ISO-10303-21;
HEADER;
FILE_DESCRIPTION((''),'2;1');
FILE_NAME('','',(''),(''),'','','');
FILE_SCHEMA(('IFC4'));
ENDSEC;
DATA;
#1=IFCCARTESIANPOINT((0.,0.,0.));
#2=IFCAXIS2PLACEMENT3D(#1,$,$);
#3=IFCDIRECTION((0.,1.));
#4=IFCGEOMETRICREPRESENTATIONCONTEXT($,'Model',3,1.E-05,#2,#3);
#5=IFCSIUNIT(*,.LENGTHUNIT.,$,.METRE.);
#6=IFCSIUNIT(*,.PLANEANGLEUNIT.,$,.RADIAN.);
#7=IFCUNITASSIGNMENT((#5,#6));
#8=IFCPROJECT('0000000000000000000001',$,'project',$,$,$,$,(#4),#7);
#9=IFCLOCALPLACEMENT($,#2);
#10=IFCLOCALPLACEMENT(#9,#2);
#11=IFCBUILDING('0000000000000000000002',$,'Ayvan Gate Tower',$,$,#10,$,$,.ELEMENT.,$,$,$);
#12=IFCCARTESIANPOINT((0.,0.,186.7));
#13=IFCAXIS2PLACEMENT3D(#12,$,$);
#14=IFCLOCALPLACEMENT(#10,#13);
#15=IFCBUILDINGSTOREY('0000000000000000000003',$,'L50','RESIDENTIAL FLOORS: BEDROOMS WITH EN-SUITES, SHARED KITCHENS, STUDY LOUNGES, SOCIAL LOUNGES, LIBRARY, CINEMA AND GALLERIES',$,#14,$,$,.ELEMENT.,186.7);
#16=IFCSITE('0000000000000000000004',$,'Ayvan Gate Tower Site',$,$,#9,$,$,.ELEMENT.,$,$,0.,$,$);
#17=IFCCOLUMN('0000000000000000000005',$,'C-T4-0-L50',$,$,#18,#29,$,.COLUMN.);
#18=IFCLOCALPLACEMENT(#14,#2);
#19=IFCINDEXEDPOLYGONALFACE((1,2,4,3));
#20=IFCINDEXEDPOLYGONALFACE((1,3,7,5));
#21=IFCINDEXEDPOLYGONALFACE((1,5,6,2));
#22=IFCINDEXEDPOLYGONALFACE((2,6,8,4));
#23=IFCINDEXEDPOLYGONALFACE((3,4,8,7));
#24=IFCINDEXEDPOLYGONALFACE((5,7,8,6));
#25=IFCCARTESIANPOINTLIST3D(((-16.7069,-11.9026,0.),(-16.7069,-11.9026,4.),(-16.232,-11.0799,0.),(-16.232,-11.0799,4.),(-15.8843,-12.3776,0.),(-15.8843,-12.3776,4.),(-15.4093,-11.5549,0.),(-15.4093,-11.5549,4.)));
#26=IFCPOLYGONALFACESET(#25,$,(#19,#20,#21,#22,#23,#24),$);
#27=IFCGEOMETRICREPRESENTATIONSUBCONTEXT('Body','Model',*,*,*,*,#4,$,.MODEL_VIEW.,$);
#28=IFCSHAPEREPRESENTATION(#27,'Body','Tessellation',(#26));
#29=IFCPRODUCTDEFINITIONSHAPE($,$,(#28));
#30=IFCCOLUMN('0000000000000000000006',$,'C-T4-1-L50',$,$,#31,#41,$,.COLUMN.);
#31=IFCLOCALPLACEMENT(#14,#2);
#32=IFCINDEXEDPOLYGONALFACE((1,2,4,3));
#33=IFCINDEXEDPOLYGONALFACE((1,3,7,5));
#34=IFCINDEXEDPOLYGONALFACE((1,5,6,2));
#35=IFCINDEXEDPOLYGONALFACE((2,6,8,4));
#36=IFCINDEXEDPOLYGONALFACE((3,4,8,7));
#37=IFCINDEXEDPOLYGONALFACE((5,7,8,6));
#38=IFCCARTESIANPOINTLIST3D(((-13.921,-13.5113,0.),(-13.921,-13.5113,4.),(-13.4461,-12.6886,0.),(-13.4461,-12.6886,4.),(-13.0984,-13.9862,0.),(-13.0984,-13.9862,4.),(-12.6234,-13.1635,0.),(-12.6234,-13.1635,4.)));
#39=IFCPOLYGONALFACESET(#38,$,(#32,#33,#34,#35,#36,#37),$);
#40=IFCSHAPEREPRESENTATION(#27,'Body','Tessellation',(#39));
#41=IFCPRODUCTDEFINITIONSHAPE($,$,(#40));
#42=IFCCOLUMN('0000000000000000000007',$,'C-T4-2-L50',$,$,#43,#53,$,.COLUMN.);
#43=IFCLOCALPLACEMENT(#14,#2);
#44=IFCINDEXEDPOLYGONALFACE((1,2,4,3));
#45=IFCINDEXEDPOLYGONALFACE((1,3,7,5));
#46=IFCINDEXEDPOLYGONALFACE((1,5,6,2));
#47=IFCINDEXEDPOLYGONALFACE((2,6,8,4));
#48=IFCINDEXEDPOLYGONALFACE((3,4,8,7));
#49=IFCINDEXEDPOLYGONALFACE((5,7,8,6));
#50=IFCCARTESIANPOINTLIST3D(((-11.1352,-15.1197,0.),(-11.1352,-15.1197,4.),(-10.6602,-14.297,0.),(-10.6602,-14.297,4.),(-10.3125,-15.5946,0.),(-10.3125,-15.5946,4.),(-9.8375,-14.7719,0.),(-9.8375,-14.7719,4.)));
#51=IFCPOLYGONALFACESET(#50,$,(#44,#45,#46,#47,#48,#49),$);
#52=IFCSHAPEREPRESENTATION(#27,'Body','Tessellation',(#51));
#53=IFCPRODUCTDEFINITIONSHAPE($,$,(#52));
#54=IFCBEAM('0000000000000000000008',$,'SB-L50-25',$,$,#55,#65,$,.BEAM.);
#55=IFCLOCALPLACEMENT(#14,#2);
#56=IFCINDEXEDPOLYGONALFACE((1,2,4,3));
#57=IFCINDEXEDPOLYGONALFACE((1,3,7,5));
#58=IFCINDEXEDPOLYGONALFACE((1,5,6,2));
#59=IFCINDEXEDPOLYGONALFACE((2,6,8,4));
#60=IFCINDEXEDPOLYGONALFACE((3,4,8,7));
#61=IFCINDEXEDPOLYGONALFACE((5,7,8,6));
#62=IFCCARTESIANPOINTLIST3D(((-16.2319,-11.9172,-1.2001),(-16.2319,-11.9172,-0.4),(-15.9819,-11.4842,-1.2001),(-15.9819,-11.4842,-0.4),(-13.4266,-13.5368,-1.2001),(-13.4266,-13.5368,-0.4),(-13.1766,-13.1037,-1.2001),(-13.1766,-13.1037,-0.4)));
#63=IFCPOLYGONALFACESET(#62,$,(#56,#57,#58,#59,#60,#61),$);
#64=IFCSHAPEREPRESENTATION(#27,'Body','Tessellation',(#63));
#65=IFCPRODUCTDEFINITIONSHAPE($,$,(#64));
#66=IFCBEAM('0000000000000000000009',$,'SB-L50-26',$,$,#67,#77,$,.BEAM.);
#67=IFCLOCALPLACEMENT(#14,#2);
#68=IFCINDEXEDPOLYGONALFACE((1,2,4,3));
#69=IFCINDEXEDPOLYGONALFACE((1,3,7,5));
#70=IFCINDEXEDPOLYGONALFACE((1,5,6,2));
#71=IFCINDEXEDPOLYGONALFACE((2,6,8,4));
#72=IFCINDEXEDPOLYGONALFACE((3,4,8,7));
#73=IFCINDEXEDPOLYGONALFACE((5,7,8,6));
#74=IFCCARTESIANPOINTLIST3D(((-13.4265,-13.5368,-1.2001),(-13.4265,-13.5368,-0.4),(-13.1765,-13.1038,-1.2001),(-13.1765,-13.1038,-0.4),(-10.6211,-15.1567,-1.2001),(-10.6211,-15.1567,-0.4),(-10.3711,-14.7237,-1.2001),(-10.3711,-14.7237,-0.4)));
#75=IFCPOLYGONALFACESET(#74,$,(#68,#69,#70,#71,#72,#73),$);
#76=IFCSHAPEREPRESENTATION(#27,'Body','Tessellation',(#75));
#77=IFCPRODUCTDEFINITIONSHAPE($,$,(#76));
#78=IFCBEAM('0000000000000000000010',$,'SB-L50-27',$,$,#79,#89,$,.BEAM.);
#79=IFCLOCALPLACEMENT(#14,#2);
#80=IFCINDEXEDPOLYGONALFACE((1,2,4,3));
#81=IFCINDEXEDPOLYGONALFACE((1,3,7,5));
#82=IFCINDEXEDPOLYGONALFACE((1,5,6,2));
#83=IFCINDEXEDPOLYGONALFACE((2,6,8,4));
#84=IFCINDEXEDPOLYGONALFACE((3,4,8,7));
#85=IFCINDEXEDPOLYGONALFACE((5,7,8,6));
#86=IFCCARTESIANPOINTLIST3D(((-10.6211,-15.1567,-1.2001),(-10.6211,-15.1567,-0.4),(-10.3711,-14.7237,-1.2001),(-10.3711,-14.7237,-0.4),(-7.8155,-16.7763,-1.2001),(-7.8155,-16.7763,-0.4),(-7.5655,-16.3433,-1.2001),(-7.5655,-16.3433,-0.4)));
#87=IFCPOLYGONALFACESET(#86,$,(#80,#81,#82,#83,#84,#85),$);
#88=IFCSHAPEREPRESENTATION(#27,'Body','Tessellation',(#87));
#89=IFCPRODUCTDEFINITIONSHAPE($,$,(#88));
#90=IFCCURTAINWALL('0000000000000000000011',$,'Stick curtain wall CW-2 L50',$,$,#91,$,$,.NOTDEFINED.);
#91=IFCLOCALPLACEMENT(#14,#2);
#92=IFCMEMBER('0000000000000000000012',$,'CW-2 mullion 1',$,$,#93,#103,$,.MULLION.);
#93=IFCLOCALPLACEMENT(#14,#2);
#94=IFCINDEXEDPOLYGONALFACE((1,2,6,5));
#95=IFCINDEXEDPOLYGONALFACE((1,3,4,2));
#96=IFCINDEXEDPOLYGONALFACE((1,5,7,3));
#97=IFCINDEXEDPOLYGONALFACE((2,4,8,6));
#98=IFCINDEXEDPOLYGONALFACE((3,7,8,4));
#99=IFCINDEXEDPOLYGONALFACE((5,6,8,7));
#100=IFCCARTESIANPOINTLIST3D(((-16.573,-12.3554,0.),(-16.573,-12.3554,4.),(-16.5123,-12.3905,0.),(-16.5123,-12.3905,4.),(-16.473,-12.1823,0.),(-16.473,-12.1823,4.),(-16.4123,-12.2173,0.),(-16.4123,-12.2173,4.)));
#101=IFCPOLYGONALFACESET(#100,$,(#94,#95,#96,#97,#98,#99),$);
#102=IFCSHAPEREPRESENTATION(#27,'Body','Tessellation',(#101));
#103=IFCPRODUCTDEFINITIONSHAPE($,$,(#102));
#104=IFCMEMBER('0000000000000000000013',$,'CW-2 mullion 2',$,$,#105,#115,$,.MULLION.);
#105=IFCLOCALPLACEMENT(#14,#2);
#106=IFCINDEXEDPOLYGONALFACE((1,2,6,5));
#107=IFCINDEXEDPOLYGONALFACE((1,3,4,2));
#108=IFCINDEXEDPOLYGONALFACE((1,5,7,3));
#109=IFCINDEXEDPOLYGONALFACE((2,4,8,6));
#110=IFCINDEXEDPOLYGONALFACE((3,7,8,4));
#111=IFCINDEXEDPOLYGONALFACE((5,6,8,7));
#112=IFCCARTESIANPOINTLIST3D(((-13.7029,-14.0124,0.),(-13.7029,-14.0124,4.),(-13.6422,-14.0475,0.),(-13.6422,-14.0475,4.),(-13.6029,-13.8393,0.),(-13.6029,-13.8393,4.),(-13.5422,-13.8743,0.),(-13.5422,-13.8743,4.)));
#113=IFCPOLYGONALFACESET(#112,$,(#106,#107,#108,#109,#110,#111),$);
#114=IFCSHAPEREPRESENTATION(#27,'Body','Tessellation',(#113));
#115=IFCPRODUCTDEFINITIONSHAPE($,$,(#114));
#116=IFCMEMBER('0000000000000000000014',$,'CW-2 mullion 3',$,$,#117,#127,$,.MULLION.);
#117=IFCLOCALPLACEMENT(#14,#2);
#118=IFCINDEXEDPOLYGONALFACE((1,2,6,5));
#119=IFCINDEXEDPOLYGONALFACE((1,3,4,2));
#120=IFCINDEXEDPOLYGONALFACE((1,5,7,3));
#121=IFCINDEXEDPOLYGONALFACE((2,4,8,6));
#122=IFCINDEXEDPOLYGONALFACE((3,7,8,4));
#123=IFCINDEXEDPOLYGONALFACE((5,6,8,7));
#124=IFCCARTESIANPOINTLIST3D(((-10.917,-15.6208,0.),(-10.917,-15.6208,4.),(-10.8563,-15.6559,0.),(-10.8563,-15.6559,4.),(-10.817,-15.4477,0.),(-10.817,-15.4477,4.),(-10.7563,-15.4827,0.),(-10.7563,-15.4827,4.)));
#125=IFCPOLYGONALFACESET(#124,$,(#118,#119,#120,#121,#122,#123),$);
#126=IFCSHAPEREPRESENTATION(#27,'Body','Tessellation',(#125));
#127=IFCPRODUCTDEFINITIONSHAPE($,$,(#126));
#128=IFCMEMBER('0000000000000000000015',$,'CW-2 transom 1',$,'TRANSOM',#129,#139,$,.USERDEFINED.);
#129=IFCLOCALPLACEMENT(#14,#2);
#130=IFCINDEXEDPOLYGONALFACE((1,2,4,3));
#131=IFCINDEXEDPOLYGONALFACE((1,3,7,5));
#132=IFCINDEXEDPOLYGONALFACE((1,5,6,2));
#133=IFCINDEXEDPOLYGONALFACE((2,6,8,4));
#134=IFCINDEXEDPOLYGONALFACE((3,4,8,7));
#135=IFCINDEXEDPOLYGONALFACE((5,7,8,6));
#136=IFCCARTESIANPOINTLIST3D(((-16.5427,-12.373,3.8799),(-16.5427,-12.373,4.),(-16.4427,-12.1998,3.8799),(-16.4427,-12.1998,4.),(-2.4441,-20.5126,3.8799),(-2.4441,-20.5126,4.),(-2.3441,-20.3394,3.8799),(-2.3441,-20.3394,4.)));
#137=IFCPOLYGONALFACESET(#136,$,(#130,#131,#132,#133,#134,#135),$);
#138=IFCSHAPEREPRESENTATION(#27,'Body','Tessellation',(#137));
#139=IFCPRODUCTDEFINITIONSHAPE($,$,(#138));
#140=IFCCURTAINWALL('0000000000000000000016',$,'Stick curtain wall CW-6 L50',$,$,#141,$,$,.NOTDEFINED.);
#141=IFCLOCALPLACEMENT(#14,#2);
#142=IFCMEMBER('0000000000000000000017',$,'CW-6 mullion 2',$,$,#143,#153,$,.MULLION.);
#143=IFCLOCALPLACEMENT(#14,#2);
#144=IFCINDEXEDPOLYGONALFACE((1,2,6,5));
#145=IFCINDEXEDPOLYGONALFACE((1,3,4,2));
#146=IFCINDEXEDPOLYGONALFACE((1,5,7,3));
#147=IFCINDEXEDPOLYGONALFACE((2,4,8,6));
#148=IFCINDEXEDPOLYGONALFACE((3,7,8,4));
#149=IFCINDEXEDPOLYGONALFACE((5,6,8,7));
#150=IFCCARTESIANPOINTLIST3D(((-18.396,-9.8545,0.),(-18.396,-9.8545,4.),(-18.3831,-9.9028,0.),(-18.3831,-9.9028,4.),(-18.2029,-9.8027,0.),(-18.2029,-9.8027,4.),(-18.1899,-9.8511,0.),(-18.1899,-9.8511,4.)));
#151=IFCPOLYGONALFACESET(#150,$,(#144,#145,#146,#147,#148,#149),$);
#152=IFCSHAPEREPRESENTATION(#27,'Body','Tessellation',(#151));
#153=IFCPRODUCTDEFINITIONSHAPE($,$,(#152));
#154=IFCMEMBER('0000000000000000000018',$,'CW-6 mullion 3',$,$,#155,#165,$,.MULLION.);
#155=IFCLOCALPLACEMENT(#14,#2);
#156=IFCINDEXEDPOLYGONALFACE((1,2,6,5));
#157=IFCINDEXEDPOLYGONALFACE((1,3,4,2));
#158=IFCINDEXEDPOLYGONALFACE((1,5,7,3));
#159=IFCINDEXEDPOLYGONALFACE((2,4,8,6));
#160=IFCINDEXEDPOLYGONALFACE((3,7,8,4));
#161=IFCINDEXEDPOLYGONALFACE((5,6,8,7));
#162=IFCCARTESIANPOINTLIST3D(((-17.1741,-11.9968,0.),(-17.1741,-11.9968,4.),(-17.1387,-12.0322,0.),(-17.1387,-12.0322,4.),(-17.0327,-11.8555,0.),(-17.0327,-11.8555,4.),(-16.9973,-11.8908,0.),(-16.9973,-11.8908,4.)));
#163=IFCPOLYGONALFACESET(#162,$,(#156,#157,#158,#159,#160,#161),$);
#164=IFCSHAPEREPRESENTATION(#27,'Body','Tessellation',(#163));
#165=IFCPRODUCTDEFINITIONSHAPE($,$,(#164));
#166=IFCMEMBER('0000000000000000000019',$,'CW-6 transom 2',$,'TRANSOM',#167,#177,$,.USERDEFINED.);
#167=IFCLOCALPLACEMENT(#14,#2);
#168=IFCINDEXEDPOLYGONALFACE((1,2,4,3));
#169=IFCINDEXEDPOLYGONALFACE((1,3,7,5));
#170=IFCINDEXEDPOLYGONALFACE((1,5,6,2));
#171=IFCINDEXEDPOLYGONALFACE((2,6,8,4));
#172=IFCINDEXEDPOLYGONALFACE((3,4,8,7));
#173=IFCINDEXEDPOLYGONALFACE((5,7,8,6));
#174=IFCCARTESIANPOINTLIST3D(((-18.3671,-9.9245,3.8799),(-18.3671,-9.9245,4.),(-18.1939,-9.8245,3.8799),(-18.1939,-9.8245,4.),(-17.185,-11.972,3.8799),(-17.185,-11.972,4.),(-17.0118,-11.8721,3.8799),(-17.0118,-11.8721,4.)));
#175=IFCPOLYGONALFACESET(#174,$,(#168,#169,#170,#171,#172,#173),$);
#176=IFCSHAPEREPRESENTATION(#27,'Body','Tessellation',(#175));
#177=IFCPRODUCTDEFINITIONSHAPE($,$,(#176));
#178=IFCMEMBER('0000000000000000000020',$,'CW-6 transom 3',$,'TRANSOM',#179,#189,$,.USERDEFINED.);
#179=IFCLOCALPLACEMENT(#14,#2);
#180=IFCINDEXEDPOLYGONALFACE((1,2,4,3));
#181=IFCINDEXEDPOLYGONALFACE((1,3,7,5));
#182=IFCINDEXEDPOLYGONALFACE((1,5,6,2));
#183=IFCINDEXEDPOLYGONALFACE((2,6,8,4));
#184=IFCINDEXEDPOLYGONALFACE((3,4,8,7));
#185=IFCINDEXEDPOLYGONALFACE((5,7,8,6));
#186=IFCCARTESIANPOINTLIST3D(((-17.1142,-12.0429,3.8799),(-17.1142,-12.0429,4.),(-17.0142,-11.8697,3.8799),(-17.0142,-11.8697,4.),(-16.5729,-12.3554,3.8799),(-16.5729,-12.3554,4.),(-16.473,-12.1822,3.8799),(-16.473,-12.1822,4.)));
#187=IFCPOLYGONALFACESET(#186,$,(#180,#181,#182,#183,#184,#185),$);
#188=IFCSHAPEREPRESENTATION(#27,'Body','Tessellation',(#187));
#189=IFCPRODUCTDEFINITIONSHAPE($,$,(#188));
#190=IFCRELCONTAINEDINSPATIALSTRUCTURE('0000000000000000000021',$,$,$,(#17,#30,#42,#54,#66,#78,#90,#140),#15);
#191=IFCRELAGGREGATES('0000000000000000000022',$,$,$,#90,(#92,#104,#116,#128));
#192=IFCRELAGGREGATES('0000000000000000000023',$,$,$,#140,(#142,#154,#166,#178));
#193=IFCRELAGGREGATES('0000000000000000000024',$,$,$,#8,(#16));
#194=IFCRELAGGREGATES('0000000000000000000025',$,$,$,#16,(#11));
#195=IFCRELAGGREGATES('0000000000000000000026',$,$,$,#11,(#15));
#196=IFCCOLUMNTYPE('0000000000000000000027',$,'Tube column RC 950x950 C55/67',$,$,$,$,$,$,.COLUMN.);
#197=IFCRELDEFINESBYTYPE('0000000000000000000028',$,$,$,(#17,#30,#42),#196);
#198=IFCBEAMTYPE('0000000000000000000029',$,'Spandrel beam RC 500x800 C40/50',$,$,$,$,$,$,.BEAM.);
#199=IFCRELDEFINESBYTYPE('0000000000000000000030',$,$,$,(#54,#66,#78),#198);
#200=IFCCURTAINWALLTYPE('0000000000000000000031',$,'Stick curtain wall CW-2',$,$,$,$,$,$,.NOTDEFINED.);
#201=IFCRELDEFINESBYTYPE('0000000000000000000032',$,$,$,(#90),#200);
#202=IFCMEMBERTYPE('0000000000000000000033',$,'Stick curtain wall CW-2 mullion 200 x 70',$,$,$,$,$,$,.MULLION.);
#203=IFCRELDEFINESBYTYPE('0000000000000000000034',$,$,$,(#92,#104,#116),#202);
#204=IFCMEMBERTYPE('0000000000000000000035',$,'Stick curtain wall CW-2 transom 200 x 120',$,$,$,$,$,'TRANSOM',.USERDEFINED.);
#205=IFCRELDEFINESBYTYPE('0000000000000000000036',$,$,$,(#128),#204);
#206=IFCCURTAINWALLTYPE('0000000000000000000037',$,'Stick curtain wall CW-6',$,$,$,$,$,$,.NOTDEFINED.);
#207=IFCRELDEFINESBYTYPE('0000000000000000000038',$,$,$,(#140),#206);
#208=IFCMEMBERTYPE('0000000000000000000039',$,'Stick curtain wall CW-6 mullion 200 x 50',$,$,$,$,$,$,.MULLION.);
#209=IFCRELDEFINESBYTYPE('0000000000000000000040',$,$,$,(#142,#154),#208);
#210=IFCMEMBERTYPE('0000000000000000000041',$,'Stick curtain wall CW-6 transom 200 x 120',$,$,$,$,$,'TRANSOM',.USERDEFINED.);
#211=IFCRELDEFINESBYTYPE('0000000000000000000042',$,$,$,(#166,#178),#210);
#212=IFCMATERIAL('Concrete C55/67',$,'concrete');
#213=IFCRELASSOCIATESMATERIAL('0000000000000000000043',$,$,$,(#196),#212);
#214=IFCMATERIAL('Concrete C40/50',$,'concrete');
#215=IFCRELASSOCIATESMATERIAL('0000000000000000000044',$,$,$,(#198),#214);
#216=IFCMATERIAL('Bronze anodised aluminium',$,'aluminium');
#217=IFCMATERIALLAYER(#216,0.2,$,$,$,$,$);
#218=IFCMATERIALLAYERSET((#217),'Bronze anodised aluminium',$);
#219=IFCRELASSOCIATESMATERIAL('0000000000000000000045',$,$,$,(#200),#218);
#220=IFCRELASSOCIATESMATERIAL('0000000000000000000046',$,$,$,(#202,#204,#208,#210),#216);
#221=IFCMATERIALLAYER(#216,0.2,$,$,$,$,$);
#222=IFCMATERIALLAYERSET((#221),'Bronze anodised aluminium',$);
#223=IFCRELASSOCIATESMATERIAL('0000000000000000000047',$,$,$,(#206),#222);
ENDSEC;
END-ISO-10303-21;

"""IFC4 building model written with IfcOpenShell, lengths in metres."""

from ifc_helpers import new_model, si_unit, direction, frame, origin, origin_2d, place, context, subcontext, project, spatial, rectangle, extrude, material, layer, layer_set, material_profile, profile_set, type_object, element, aggregate, save


model = new_model("IFC4")

# Units and contexts
model_context = context("Model", 3, precision=1e-05, world=origin(), true_north=direction((0.0, 1.0)))
body_context = subcontext(model_context, "Body", "Model", "MODEL_VIEW")
ifc_project = project(units=[si_unit("LENGTHUNIT", "METRE"), si_unit("PLANEANGLEUNIT", "RADIAN")], contexts=[model_context])

# Site, building, storey
site_placement = place(None, origin())
site = spatial("IfcSite", under=ifc_project, at=site_placement, Name="Ayvan Gate Tower Site", CompositionType="ELEMENT", RefElevation=0.0)
building_placement = place(site_placement, origin())
building = spatial("IfcBuilding", under=site, at=building_placement, Name="Ayvan Gate Tower", CompositionType="ELEMENT")
storey_placement = place(building_placement, frame((0.0, 0.0, 186.7)))
storey = spatial("IfcBuildingStorey", under=building, at=storey_placement, Name="L50", Description="RESIDENTIAL FLOORS: BEDROOMS WITH EN-SUITES, SHARED KITCHENS, STUDY LOUNGES, SOCIAL LOUNGES, LIBRARY, CINEMA AND GALLERIES", CompositionType="ELEMENT", Elevation=186.7)

# Columns
ifc_material_1 = material(Name="Concrete C55/67", Category="concrete")
ifc_material_profile_1 = material_profile(ifc_material_1, rectangle(XDim=0.95, YDim=0.95, at=origin_2d()), Name="RC 950x950")
ifc_profile_set_1 = profile_set([ifc_material_profile_1], Name="Concrete C55/67")
column_type = type_object("IfcColumnType", Name="Tube column RC 950x950 C55/67", PredefinedType="COLUMN", material=ifc_profile_set_1)
for number, where, z_axis, x_axis, name in (
    (1, (-16.0581, -11.7288, 0.0), (0.0, 0.0, 1.0), (-0.5, -0.866025, 0.0), "C-T4-0-L50"),
    (2, (-13.2722, -13.3374, 0.0), (0.0, 0.0, 1.0), (-0.5, -0.866025, 0.0), "C-T4-1-L50"),
    (3, (-10.4863, -14.9458, 0.0), (0.0, 0.0, 1.0), (-0.5, -0.866025, 0.0), "C-T4-2-L50"),
):
    element("IfcColumn", number, at=place(storey_placement, frame(where, z_axis=z_axis, x_axis=x_axis)), inside=storey, type_object=column_type, Name=name, PredefinedType="COLUMN", context=body_context, shape_type="SweptSolid", body=[
        extrude(rectangle(XDim=0.95, YDim=0.95, at=origin_2d()), origin(), (0.0, 0.0, 1.0), 4.0),
    ])

# Beams
ifc_material_2 = material(Name="Concrete C40/50", Category="concrete")
ifc_material_profile_2 = material_profile(ifc_material_2, rectangle(XDim=0.5, YDim=0.8, at=origin_2d()), Name="RC 500x800")
ifc_profile_set_2 = profile_set([ifc_material_profile_2], Name="Concrete C40/50")
beam_type = type_object("IfcBeamType", Name="Spandrel beam RC 500x800 C40/50", PredefinedType="BEAM", material=ifc_profile_set_2)
beam_placement = place(storey_placement, frame((-16.1069, -11.7007, -0.8), z_axis=(0.866036, -0.499981, 0.0), x_axis=(0.499981, 0.866036, 0.0)))
element("IfcBeam", 4, at=beam_placement, inside=storey, type_object=beam_type, Name="SB-L50-25", PredefinedType="BEAM", context=body_context, shape_type="SweptSolid", body=[
    extrude(rectangle(XDim=0.5, YDim=0.8, at=origin_2d()), origin(), (0.0, 0.0, 1.0), 3.2393),
])
for number, where, z_axis, x_axis, name in (
    (5, (-13.3015, -13.3203, -0.8), (0.866004, -0.500038, 0.0), (0.500038, 0.866004, 0.0), "SB-L50-26"),
    (6, (-10.4961, -14.9402, -0.8), (0.866055, -0.499949, 0.0), (0.499949, 0.866055, 0.0), "SB-L50-27"),
):
    element("IfcBeam", number, at=place(storey_placement, frame(where, z_axis=z_axis, x_axis=x_axis)), inside=storey, type_object=beam_type, Name=name, PredefinedType="BEAM", context=body_context, shape_type="SweptSolid", body=[
        extrude(rectangle(XDim=0.5, YDim=0.8, at=origin_2d()), origin(), (0.0, 0.0, 1.0), 3.2395),
    ])

# Curtain walls, members
ifc_material_3 = material(Name="Bronze anodised aluminium", Category="aluminium")
ifc_layer_1 = layer(ifc_material_3, 0.2)
ifc_layer_set_1 = layer_set([ifc_layer_1], Name="Bronze anodised aluminium")
curtain_wall_type_1 = type_object("IfcCurtainWallType", Name="Stick curtain wall CW-2", PredefinedType="NOTDEFINED", material=ifc_layer_set_1)
curtain_wall_1_placement = place(storey_placement, origin())
curtain_wall_1 = element("IfcCurtainWall", 7, at=curtain_wall_1_placement, inside=storey, type_object=curtain_wall_type_1, Name="Stick curtain wall CW-2 L50", PredefinedType="NOTDEFINED")
ifc_material_profile_3 = material_profile(ifc_material_3, rectangle(XDim=0.2, YDim=0.0701, at=origin_2d()), Name="Stick curtain wall CW-2 mullion 200 x 70")
ifc_profile_set_3 = profile_set([ifc_material_profile_3], Name="Bronze anodised aluminium")
member_type_1 = type_object("IfcMemberType", Name="Stick curtain wall CW-2 mullion 200 x 70", PredefinedType="MULLION", material=ifc_profile_set_3)
member_1_placement = place(storey_placement, frame((-16.4927, -12.2864, 0.0), z_axis=(0.0, 0.0, 1.0), x_axis=(-0.5, -0.866025, 0.0)))
member_1 = element("IfcMember", 8, at=member_1_placement, type_object=member_type_1, Name="CW-2 mullion 1", PredefinedType="MULLION", context=body_context, shape_type="SweptSolid", body=[
    extrude(rectangle(XDim=0.2, YDim=0.0701, at=origin_2d()), origin(), (0.0, 0.0, 1.0), 4.0),
])
member_2_placement = place(storey_placement, frame((-13.6226, -13.9434, 0.0), z_axis=(0.0, 0.0, 1.0), x_axis=(-0.5, -0.866025, 0.0)))
member_2 = element("IfcMember", 9, at=member_2_placement, type_object=member_type_1, Name="CW-2 mullion 2", PredefinedType="MULLION", context=body_context, shape_type="SweptSolid", body=[
    extrude(rectangle(XDim=0.2, YDim=0.0701, at=origin_2d()), origin(), (0.0, 0.0, 1.0), 4.0),
])
member_3_placement = place(storey_placement, frame((-10.8367, -15.5518, 0.0), z_axis=(0.0, 0.0, 1.0), x_axis=(-0.5, -0.866025, 0.0)))
member_3 = element("IfcMember", 10, at=member_3_placement, type_object=member_type_1, Name="CW-2 mullion 3", PredefinedType="MULLION", context=body_context, shape_type="SweptSolid", body=[
    extrude(rectangle(XDim=0.2, YDim=0.0701, at=origin_2d()), origin(), (0.0, 0.0, 1.0), 4.0),
])
ifc_material_profile_4 = material_profile(ifc_material_3, rectangle(XDim=0.2, YDim=0.1201, at=origin_2d()), Name="Stick curtain wall CW-2 transom 200 x 120")
ifc_profile_set_4 = profile_set([ifc_material_profile_4], Name="Bronze anodised aluminium")
member_type_2 = type_object("IfcMemberType", Name="Stick curtain wall CW-2 transom 200 x 120", ElementType="TRANSOM", PredefinedType="USERDEFINED", material=ifc_profile_set_4)
member_4_placement = place(storey_placement, frame((-16.4927, -12.2864, 3.9399), z_axis=(0.866031, -0.499991, 0.0), x_axis=(0.499991, 0.866031, 0.0)))
member_4 = element("IfcMember", 11, at=member_4_placement, type_object=member_type_2, Name="CW-2 transom 1", ObjectType="TRANSOM", PredefinedType="USERDEFINED", context=body_context, shape_type="SweptSolid", body=[
    extrude(rectangle(XDim=0.2, YDim=0.1201, at=origin_2d()), origin(), (0.0, 0.0, 1.0), 16.2795),
])
ifc_layer_2 = layer(ifc_material_3, 0.2)
ifc_layer_set_2 = layer_set([ifc_layer_2], Name="Bronze anodised aluminium")
curtain_wall_type_2 = type_object("IfcCurtainWallType", Name="Stick curtain wall CW-6", PredefinedType="NOTDEFINED", material=ifc_layer_set_2)
curtain_wall_2_placement = place(storey_placement, origin())
curtain_wall_2 = element("IfcCurtainWall", 12, at=curtain_wall_2_placement, inside=storey, type_object=curtain_wall_type_2, Name="Stick curtain wall CW-6 L50", PredefinedType="NOTDEFINED")
ifc_material_profile_5 = material_profile(ifc_material_3, rectangle(XDim=0.2, YDim=0.05, at=origin_2d()), Name="Stick curtain wall CW-6 mullion 200 x 50")
ifc_profile_set_5 = profile_set([ifc_material_profile_5], Name="Bronze anodised aluminium")
member_type_3 = type_object("IfcMemberType", Name="Stick curtain wall CW-6 mullion 200 x 50", PredefinedType="MULLION", material=ifc_profile_set_5)
member_5_placement = place(storey_placement, frame((-18.293, -9.8528, 0.0), z_axis=(0.0, 0.0, 1.0), x_axis=(-0.965926, -0.258819, 0.0)))
member_5 = element("IfcMember", 13, at=member_5_placement, type_object=member_type_3, Name="CW-6 mullion 2", PredefinedType="MULLION", context=body_context, shape_type="SweptSolid", body=[
    extrude(rectangle(XDim=0.2, YDim=0.05, at=origin_2d()), origin(), (0.0, 0.0, 1.0), 4.0),
])
member_6_placement = place(storey_placement, frame((-17.0857, -11.9438, 0.0), z_axis=(0.0, 0.0, 1.0), x_axis=(-0.707107, -0.707107, 0.0)))
member_6 = element("IfcMember", 14, at=member_6_placement, type_object=member_type_3, Name="CW-6 mullion 3", PredefinedType="MULLION", context=body_context, shape_type="SweptSolid", body=[
    extrude(rectangle(XDim=0.2, YDim=0.05, at=origin_2d()), origin(), (0.0, 0.0, 1.0), 4.0),
])
ifc_material_profile_6 = material_profile(ifc_material_3, rectangle(XDim=0.2, YDim=0.1201, at=origin_2d()), Name="Stick curtain wall CW-6 transom 200 x 120")
ifc_profile_set_6 = profile_set([ifc_material_profile_6], Name="Bronze anodised aluminium")
member_type_4 = type_object("IfcMemberType", Name="Stick curtain wall CW-6 transom 200 x 120", ElementType="TRANSOM", PredefinedType="USERDEFINED", material=ifc_profile_set_6)
member_7_placement = place(storey_placement, frame((-18.2805, -9.8745, 3.9399), z_axis=(0.499982, -0.866036, 0.0), x_axis=(0.866036, 0.499982, 0.0)))
member_7 = element("IfcMember", 15, at=member_7_placement, type_object=member_type_4, Name="CW-6 transom 2", ObjectType="TRANSOM", PredefinedType="USERDEFINED", context=body_context, shape_type="SweptSolid", body=[
    extrude(rectangle(XDim=0.2, YDim=0.1201, at=origin_2d()), origin(), (0.0, 0.0, 1.0), 2.3643),
])
member_8_placement = place(storey_placement, frame((-17.0642, -11.9563, 3.9399), z_axis=(0.866023, -0.500004, 0.0), x_axis=(0.500004, 0.866023, 0.0)))
member_8 = element("IfcMember", 16, at=member_8_placement, type_object=member_type_4, Name="CW-6 transom 3", ObjectType="TRANSOM", PredefinedType="USERDEFINED", context=body_context, shape_type="SweptSolid", body=[
    extrude(rectangle(XDim=0.2, YDim=0.1201, at=origin_2d()), origin(), (0.0, 0.0, 1.0), 0.625),
])

aggregate(curtain_wall_1, [member_1, member_2, member_3, member_4])
aggregate(curtain_wall_2, [member_5, member_6, member_7, member_8])

save(model, "model.ifc")
